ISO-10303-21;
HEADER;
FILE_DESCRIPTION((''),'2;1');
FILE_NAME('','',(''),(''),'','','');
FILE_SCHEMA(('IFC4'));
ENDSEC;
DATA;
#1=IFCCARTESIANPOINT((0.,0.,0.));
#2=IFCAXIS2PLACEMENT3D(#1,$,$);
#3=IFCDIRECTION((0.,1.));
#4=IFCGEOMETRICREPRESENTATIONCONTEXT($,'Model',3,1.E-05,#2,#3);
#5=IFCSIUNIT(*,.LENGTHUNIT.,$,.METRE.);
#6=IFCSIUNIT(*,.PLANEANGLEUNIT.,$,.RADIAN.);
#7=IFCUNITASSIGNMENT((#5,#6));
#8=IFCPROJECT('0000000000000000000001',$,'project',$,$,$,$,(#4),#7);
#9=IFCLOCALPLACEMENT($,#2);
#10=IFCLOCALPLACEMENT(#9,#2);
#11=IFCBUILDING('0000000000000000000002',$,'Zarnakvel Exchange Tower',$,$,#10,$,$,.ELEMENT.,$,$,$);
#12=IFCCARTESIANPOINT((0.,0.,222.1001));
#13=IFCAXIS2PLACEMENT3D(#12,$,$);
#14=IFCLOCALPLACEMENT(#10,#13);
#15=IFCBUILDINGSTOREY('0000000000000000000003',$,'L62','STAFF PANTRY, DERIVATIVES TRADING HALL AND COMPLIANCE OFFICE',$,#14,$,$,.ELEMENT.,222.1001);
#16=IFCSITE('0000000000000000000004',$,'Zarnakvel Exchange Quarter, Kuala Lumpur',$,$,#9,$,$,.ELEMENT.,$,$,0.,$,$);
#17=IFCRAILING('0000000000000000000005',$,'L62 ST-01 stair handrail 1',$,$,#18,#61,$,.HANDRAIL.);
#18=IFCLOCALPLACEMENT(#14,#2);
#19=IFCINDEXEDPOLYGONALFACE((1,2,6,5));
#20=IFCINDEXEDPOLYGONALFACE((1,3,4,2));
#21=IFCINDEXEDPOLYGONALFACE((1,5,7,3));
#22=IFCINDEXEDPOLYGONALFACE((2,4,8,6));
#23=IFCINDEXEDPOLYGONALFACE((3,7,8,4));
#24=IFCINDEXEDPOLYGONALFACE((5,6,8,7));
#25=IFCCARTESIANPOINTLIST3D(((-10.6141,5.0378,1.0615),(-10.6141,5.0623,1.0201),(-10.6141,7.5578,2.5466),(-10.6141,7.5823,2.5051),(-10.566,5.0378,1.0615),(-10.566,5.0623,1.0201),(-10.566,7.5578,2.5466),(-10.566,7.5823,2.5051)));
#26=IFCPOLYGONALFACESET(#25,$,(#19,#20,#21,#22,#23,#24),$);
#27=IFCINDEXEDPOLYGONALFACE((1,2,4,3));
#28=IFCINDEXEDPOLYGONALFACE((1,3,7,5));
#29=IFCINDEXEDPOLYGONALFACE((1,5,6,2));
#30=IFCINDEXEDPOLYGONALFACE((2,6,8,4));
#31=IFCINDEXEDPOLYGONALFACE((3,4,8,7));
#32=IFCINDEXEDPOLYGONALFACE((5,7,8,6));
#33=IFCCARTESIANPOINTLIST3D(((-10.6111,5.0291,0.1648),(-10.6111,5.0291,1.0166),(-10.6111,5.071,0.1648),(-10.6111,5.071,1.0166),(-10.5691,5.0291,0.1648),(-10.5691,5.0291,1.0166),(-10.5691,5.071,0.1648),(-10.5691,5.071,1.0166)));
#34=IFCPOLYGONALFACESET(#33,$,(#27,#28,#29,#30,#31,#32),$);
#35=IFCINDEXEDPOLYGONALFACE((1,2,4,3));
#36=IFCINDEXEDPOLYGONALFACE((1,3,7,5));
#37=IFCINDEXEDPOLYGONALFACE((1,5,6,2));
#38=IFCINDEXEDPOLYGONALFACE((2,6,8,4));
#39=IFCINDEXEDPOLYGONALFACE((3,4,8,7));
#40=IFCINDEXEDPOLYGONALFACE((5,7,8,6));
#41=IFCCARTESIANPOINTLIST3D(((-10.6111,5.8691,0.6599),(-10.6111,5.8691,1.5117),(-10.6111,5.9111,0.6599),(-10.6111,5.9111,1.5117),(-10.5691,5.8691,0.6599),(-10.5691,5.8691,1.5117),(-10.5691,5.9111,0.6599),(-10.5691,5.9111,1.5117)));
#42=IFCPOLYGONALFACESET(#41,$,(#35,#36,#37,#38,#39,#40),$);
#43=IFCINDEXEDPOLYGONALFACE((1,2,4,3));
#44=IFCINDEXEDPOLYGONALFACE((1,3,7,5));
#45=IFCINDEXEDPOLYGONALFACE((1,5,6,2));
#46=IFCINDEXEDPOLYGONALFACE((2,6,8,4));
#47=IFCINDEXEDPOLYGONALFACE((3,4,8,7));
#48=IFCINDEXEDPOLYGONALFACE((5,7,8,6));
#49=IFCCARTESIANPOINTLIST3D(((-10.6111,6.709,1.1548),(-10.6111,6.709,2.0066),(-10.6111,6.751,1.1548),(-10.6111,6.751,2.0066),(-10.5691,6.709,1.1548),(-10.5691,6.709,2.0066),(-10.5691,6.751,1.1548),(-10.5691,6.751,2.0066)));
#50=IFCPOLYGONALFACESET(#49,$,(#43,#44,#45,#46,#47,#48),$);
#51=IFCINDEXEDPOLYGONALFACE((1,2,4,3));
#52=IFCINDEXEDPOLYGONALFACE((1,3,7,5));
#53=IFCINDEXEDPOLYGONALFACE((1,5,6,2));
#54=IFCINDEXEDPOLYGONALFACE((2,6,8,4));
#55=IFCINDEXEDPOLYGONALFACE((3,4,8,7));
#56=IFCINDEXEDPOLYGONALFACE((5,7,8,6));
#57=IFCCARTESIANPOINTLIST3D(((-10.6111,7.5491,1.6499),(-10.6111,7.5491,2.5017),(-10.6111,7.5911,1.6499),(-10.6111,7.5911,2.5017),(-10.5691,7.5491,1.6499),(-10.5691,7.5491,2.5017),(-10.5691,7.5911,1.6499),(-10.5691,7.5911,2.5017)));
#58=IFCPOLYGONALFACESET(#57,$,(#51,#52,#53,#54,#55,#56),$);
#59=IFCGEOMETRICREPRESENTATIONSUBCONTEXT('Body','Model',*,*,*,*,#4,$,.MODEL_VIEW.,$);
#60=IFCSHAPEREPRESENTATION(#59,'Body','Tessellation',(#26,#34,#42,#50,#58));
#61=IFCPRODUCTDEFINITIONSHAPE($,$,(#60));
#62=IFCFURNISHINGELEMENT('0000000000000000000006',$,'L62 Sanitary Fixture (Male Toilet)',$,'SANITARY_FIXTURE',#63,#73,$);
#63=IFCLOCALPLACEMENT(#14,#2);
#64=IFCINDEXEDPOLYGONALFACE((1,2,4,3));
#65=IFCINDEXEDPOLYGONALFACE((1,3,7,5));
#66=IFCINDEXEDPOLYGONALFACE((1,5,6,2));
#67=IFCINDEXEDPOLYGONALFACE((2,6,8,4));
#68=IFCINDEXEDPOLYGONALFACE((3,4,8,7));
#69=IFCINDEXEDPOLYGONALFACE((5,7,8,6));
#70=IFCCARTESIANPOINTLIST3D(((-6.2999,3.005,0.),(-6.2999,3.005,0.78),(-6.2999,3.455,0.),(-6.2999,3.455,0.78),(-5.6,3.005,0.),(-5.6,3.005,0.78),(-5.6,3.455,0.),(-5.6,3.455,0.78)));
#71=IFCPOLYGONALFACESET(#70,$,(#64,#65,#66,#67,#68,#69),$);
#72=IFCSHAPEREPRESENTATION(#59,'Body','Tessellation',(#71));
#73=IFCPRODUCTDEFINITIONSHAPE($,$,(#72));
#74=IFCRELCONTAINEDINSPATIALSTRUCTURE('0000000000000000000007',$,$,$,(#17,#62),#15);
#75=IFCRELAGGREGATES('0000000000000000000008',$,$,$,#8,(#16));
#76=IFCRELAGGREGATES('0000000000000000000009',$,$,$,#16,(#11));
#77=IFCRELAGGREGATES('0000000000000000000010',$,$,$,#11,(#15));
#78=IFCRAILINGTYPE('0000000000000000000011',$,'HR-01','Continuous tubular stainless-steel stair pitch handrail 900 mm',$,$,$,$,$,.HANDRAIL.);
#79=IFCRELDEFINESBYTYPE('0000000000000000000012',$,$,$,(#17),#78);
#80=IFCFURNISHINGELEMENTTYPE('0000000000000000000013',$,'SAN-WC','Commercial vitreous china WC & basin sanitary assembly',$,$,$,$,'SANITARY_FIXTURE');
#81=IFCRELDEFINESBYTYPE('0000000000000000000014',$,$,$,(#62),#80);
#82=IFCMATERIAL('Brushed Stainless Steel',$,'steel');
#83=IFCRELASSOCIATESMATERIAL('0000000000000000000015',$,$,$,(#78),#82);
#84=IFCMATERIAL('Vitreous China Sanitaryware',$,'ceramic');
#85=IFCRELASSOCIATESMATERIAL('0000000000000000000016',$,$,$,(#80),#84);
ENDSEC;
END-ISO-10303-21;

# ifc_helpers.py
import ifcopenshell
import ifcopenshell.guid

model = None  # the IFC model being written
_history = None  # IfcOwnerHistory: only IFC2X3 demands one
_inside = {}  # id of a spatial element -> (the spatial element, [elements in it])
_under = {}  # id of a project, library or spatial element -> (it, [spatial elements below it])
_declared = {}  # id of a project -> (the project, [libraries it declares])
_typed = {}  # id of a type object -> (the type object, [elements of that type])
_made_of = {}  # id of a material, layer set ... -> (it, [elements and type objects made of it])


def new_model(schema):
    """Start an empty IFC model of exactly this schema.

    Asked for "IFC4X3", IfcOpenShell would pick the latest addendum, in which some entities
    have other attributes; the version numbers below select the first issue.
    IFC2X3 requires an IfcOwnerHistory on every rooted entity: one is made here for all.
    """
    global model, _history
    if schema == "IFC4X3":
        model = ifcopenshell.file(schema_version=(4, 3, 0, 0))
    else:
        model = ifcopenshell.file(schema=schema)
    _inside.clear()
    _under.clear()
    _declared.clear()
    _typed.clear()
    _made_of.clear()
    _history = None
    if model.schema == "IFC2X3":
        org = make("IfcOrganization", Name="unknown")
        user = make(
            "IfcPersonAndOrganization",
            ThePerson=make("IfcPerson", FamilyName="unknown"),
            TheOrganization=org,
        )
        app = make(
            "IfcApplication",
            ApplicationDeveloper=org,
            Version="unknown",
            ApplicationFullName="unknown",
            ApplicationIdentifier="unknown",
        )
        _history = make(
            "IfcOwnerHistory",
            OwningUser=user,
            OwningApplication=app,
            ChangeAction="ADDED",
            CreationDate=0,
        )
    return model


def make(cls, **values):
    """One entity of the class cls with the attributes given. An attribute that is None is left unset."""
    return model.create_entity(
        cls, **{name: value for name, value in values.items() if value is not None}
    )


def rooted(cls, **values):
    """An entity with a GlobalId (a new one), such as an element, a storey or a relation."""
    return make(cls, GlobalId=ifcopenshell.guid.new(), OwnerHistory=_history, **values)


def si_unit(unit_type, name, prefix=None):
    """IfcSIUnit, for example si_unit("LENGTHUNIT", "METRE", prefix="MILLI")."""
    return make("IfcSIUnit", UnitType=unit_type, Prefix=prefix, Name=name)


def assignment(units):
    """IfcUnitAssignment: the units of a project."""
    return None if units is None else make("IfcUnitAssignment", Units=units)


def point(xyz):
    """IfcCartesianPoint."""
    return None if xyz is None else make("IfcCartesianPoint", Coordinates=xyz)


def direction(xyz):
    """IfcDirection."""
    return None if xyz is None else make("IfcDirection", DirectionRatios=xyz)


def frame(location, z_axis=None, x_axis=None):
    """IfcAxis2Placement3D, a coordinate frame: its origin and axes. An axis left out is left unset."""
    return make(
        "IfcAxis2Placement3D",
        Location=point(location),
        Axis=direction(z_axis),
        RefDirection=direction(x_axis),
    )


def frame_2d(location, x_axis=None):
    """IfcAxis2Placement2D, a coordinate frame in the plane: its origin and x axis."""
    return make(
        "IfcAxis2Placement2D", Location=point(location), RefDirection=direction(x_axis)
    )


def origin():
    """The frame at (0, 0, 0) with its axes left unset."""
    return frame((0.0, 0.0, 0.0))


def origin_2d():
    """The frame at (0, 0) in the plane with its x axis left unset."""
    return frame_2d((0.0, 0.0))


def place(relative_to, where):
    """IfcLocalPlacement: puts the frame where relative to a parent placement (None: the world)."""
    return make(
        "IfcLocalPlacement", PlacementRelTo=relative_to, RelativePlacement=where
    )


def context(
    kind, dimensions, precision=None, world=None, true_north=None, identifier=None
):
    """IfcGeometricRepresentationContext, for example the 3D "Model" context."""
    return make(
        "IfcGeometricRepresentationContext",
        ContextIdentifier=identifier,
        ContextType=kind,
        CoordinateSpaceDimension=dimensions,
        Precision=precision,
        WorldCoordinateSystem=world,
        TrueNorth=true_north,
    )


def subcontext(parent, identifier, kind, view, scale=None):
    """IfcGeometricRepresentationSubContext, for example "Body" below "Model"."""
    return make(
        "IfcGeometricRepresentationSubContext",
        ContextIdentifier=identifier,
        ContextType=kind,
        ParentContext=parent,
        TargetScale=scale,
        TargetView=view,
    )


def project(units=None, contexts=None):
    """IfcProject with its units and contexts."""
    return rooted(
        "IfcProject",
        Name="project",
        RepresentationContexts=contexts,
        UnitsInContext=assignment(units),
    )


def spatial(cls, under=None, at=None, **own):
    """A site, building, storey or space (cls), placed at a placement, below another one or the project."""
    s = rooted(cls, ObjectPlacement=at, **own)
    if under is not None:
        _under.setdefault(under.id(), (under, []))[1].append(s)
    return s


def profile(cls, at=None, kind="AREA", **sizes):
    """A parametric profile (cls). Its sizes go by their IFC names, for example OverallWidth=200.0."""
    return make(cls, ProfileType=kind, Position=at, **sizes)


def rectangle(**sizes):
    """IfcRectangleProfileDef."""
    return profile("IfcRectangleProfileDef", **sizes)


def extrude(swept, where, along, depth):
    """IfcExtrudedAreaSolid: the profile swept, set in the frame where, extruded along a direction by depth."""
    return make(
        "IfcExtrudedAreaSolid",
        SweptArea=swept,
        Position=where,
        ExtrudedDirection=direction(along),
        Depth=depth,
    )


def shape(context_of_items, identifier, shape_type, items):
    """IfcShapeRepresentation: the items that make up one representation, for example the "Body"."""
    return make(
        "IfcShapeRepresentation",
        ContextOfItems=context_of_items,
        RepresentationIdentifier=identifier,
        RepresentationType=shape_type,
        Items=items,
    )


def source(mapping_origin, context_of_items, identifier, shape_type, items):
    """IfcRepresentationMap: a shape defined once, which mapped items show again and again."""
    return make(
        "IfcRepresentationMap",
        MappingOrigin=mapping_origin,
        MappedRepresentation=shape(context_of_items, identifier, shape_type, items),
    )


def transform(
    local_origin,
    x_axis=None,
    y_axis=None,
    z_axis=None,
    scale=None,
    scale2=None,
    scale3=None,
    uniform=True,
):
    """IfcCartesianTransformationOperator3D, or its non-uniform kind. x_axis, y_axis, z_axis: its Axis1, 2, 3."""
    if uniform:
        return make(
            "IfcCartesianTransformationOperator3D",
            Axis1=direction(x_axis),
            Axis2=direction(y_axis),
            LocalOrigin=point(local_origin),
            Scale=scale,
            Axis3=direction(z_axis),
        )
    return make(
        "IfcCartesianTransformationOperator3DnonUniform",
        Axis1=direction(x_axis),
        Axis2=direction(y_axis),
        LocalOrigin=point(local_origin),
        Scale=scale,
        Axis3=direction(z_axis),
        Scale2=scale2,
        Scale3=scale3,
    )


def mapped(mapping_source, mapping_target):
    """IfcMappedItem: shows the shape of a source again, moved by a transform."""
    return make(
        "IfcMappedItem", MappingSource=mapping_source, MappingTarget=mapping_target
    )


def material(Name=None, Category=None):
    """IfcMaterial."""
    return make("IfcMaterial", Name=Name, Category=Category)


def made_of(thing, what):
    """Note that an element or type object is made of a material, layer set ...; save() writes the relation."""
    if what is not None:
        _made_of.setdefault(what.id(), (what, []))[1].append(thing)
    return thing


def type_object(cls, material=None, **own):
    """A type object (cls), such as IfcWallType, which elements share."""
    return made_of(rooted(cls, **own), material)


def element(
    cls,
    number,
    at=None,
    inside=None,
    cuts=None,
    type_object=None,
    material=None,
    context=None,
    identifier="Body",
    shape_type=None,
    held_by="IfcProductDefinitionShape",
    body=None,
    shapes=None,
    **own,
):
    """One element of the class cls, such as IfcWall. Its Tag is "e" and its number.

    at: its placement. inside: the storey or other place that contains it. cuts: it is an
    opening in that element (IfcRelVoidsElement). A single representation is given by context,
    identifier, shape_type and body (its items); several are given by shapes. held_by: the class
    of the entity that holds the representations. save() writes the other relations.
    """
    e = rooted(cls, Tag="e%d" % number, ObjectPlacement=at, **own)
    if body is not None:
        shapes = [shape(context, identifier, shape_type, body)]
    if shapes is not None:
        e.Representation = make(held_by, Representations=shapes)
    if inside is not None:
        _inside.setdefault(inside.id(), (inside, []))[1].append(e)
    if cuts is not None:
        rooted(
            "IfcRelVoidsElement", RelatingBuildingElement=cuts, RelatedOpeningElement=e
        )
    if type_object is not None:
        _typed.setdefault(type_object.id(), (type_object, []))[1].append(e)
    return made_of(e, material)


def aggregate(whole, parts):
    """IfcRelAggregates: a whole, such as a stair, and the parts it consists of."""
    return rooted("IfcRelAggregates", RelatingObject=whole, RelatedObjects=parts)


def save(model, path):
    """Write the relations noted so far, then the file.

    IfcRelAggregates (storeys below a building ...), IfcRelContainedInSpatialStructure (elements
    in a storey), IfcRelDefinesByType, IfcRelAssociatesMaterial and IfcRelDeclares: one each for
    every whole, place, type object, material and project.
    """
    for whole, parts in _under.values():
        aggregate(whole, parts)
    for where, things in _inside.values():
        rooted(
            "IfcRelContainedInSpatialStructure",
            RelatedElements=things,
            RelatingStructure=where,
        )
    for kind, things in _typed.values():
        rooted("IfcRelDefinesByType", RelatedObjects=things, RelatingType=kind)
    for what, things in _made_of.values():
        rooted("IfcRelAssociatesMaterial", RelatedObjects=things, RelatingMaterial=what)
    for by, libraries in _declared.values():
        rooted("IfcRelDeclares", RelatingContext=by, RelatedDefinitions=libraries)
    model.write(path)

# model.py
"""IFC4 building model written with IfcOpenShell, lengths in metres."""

from ifc_helpers import new_model, si_unit, direction, frame, origin, origin_2d, place, context, subcontext, project, spatial, rectangle, extrude, source, transform, mapped, material, type_object, element, save


model = new_model("IFC4")

# Units and contexts
model_context = context("Model", 3, precision=1e-05, world=origin(), true_north=direction((0.0, 1.0)))
body_context = subcontext(model_context, "Body", "Model", "MODEL_VIEW")
ifc_project = project(units=[si_unit("LENGTHUNIT", "METRE"), si_unit("PLANEANGLEUNIT", "RADIAN")], contexts=[model_context])

# Site, building, storey
site_placement = place(None, origin())
site = spatial("IfcSite", under=ifc_project, at=site_placement, Name="Zarnakvel Exchange Quarter, Kuala Lumpur", CompositionType="ELEMENT", RefElevation=0.0)
building_placement = place(site_placement, origin())
building = spatial("IfcBuilding", under=site, at=building_placement, Name="Zarnakvel Exchange Tower", CompositionType="ELEMENT")
storey_placement = place(building_placement, frame((0.0, 0.0, 222.1001)))
storey = spatial("IfcBuildingStorey", under=building, at=storey_placement, Name="L62", Description="STAFF PANTRY, DERIVATIVES TRADING HALL AND COMPLIANCE OFFICE", CompositionType="ELEMENT", Elevation=222.1001)

# Shared definitions
ifc_material_1 = material(Name="Brushed Stainless Steel", Category="steel")

# Railing
railing_type = type_object("IfcRailingType", Name="HR-01", Description="Continuous tubular stainless-steel stair pitch handrail 900 mm", PredefinedType="HANDRAIL", material=ifc_material_1)
railing_placement = place(storey_placement, frame((-10.5901, 5.05, 0.1648)))
element("IfcRailing", 1, at=railing_placement, inside=storey, type_object=railing_type, Name="L62 ST-01 stair handrail 1", PredefinedType="HANDRAIL", context=body_context, shape_type="SweptSolid", body=[
    extrude(rectangle(XDim=0.0481, YDim=0.0481, at=origin_2d()), frame((0.0, 0.0, 0.876), z_axis=(0.0, 0.861524, 0.507717), x_axis=(-1.0, 0.0, 0.0)), (0.0, 0.0, 1.0), 2.925),
    extrude(rectangle(XDim=0.042, YDim=0.042, at=origin_2d()), origin(), (0.0, 0.0, 1.0), 0.8518),
    extrude(rectangle(XDim=0.042, YDim=0.042, at=origin_2d()), frame((0.0, 0.8401, 0.4951)), (0.0, 0.0, 1.0), 0.8518),
    extrude(rectangle(XDim=0.042, YDim=0.042, at=origin_2d()), frame((0.0, 1.6799, 0.99)), (0.0, 0.0, 1.0), 0.8518),
    extrude(rectangle(XDim=0.042, YDim=0.042, at=origin_2d()), frame((0.0, 2.52, 1.4851)), (0.0, 0.0, 1.0), 0.8518),
])

# Furnishing element
ifc_material_2 = material(Name="Vitreous China Sanitaryware", Category="ceramic")
furnishing_element_type = type_object("IfcFurnishingElementType", Name="SAN-WC", Description="Commercial vitreous china WC & basin sanitary assembly", ElementType="SANITARY_FIXTURE", material=ifc_material_2)
shared_shape_1 = source(origin(), body_context, "Body", "SweptSolid", [
    extrude(rectangle(XDim=0.7, YDim=0.45, at=origin_2d()), origin(), (0.0, 0.0, 1.0), 0.78),
])
furnishing_placement = place(storey_placement, frame((-5.95, 3.23, 0.0), z_axis=(0.0, 0.0, 1.0), x_axis=(1.0, 0.0, 0.0)))
element("IfcFurnishingElement", 2, at=furnishing_placement, inside=storey, type_object=furnishing_element_type, Name="L62 Sanitary Fixture (Male Toilet)", ObjectType="SANITARY_FIXTURE", context=body_context, shape_type="MappedRepresentation", body=[
    mapped(shared_shape_1, transform((0.0, 0.0, 0.0), x_axis=(1.0, 0.0, 0.0), y_axis=(0.0, 1.0, 0.0), z_axis=(0.0, 0.0, 1.0), scale=1.0)),
])

save(model, "model.ifc")
